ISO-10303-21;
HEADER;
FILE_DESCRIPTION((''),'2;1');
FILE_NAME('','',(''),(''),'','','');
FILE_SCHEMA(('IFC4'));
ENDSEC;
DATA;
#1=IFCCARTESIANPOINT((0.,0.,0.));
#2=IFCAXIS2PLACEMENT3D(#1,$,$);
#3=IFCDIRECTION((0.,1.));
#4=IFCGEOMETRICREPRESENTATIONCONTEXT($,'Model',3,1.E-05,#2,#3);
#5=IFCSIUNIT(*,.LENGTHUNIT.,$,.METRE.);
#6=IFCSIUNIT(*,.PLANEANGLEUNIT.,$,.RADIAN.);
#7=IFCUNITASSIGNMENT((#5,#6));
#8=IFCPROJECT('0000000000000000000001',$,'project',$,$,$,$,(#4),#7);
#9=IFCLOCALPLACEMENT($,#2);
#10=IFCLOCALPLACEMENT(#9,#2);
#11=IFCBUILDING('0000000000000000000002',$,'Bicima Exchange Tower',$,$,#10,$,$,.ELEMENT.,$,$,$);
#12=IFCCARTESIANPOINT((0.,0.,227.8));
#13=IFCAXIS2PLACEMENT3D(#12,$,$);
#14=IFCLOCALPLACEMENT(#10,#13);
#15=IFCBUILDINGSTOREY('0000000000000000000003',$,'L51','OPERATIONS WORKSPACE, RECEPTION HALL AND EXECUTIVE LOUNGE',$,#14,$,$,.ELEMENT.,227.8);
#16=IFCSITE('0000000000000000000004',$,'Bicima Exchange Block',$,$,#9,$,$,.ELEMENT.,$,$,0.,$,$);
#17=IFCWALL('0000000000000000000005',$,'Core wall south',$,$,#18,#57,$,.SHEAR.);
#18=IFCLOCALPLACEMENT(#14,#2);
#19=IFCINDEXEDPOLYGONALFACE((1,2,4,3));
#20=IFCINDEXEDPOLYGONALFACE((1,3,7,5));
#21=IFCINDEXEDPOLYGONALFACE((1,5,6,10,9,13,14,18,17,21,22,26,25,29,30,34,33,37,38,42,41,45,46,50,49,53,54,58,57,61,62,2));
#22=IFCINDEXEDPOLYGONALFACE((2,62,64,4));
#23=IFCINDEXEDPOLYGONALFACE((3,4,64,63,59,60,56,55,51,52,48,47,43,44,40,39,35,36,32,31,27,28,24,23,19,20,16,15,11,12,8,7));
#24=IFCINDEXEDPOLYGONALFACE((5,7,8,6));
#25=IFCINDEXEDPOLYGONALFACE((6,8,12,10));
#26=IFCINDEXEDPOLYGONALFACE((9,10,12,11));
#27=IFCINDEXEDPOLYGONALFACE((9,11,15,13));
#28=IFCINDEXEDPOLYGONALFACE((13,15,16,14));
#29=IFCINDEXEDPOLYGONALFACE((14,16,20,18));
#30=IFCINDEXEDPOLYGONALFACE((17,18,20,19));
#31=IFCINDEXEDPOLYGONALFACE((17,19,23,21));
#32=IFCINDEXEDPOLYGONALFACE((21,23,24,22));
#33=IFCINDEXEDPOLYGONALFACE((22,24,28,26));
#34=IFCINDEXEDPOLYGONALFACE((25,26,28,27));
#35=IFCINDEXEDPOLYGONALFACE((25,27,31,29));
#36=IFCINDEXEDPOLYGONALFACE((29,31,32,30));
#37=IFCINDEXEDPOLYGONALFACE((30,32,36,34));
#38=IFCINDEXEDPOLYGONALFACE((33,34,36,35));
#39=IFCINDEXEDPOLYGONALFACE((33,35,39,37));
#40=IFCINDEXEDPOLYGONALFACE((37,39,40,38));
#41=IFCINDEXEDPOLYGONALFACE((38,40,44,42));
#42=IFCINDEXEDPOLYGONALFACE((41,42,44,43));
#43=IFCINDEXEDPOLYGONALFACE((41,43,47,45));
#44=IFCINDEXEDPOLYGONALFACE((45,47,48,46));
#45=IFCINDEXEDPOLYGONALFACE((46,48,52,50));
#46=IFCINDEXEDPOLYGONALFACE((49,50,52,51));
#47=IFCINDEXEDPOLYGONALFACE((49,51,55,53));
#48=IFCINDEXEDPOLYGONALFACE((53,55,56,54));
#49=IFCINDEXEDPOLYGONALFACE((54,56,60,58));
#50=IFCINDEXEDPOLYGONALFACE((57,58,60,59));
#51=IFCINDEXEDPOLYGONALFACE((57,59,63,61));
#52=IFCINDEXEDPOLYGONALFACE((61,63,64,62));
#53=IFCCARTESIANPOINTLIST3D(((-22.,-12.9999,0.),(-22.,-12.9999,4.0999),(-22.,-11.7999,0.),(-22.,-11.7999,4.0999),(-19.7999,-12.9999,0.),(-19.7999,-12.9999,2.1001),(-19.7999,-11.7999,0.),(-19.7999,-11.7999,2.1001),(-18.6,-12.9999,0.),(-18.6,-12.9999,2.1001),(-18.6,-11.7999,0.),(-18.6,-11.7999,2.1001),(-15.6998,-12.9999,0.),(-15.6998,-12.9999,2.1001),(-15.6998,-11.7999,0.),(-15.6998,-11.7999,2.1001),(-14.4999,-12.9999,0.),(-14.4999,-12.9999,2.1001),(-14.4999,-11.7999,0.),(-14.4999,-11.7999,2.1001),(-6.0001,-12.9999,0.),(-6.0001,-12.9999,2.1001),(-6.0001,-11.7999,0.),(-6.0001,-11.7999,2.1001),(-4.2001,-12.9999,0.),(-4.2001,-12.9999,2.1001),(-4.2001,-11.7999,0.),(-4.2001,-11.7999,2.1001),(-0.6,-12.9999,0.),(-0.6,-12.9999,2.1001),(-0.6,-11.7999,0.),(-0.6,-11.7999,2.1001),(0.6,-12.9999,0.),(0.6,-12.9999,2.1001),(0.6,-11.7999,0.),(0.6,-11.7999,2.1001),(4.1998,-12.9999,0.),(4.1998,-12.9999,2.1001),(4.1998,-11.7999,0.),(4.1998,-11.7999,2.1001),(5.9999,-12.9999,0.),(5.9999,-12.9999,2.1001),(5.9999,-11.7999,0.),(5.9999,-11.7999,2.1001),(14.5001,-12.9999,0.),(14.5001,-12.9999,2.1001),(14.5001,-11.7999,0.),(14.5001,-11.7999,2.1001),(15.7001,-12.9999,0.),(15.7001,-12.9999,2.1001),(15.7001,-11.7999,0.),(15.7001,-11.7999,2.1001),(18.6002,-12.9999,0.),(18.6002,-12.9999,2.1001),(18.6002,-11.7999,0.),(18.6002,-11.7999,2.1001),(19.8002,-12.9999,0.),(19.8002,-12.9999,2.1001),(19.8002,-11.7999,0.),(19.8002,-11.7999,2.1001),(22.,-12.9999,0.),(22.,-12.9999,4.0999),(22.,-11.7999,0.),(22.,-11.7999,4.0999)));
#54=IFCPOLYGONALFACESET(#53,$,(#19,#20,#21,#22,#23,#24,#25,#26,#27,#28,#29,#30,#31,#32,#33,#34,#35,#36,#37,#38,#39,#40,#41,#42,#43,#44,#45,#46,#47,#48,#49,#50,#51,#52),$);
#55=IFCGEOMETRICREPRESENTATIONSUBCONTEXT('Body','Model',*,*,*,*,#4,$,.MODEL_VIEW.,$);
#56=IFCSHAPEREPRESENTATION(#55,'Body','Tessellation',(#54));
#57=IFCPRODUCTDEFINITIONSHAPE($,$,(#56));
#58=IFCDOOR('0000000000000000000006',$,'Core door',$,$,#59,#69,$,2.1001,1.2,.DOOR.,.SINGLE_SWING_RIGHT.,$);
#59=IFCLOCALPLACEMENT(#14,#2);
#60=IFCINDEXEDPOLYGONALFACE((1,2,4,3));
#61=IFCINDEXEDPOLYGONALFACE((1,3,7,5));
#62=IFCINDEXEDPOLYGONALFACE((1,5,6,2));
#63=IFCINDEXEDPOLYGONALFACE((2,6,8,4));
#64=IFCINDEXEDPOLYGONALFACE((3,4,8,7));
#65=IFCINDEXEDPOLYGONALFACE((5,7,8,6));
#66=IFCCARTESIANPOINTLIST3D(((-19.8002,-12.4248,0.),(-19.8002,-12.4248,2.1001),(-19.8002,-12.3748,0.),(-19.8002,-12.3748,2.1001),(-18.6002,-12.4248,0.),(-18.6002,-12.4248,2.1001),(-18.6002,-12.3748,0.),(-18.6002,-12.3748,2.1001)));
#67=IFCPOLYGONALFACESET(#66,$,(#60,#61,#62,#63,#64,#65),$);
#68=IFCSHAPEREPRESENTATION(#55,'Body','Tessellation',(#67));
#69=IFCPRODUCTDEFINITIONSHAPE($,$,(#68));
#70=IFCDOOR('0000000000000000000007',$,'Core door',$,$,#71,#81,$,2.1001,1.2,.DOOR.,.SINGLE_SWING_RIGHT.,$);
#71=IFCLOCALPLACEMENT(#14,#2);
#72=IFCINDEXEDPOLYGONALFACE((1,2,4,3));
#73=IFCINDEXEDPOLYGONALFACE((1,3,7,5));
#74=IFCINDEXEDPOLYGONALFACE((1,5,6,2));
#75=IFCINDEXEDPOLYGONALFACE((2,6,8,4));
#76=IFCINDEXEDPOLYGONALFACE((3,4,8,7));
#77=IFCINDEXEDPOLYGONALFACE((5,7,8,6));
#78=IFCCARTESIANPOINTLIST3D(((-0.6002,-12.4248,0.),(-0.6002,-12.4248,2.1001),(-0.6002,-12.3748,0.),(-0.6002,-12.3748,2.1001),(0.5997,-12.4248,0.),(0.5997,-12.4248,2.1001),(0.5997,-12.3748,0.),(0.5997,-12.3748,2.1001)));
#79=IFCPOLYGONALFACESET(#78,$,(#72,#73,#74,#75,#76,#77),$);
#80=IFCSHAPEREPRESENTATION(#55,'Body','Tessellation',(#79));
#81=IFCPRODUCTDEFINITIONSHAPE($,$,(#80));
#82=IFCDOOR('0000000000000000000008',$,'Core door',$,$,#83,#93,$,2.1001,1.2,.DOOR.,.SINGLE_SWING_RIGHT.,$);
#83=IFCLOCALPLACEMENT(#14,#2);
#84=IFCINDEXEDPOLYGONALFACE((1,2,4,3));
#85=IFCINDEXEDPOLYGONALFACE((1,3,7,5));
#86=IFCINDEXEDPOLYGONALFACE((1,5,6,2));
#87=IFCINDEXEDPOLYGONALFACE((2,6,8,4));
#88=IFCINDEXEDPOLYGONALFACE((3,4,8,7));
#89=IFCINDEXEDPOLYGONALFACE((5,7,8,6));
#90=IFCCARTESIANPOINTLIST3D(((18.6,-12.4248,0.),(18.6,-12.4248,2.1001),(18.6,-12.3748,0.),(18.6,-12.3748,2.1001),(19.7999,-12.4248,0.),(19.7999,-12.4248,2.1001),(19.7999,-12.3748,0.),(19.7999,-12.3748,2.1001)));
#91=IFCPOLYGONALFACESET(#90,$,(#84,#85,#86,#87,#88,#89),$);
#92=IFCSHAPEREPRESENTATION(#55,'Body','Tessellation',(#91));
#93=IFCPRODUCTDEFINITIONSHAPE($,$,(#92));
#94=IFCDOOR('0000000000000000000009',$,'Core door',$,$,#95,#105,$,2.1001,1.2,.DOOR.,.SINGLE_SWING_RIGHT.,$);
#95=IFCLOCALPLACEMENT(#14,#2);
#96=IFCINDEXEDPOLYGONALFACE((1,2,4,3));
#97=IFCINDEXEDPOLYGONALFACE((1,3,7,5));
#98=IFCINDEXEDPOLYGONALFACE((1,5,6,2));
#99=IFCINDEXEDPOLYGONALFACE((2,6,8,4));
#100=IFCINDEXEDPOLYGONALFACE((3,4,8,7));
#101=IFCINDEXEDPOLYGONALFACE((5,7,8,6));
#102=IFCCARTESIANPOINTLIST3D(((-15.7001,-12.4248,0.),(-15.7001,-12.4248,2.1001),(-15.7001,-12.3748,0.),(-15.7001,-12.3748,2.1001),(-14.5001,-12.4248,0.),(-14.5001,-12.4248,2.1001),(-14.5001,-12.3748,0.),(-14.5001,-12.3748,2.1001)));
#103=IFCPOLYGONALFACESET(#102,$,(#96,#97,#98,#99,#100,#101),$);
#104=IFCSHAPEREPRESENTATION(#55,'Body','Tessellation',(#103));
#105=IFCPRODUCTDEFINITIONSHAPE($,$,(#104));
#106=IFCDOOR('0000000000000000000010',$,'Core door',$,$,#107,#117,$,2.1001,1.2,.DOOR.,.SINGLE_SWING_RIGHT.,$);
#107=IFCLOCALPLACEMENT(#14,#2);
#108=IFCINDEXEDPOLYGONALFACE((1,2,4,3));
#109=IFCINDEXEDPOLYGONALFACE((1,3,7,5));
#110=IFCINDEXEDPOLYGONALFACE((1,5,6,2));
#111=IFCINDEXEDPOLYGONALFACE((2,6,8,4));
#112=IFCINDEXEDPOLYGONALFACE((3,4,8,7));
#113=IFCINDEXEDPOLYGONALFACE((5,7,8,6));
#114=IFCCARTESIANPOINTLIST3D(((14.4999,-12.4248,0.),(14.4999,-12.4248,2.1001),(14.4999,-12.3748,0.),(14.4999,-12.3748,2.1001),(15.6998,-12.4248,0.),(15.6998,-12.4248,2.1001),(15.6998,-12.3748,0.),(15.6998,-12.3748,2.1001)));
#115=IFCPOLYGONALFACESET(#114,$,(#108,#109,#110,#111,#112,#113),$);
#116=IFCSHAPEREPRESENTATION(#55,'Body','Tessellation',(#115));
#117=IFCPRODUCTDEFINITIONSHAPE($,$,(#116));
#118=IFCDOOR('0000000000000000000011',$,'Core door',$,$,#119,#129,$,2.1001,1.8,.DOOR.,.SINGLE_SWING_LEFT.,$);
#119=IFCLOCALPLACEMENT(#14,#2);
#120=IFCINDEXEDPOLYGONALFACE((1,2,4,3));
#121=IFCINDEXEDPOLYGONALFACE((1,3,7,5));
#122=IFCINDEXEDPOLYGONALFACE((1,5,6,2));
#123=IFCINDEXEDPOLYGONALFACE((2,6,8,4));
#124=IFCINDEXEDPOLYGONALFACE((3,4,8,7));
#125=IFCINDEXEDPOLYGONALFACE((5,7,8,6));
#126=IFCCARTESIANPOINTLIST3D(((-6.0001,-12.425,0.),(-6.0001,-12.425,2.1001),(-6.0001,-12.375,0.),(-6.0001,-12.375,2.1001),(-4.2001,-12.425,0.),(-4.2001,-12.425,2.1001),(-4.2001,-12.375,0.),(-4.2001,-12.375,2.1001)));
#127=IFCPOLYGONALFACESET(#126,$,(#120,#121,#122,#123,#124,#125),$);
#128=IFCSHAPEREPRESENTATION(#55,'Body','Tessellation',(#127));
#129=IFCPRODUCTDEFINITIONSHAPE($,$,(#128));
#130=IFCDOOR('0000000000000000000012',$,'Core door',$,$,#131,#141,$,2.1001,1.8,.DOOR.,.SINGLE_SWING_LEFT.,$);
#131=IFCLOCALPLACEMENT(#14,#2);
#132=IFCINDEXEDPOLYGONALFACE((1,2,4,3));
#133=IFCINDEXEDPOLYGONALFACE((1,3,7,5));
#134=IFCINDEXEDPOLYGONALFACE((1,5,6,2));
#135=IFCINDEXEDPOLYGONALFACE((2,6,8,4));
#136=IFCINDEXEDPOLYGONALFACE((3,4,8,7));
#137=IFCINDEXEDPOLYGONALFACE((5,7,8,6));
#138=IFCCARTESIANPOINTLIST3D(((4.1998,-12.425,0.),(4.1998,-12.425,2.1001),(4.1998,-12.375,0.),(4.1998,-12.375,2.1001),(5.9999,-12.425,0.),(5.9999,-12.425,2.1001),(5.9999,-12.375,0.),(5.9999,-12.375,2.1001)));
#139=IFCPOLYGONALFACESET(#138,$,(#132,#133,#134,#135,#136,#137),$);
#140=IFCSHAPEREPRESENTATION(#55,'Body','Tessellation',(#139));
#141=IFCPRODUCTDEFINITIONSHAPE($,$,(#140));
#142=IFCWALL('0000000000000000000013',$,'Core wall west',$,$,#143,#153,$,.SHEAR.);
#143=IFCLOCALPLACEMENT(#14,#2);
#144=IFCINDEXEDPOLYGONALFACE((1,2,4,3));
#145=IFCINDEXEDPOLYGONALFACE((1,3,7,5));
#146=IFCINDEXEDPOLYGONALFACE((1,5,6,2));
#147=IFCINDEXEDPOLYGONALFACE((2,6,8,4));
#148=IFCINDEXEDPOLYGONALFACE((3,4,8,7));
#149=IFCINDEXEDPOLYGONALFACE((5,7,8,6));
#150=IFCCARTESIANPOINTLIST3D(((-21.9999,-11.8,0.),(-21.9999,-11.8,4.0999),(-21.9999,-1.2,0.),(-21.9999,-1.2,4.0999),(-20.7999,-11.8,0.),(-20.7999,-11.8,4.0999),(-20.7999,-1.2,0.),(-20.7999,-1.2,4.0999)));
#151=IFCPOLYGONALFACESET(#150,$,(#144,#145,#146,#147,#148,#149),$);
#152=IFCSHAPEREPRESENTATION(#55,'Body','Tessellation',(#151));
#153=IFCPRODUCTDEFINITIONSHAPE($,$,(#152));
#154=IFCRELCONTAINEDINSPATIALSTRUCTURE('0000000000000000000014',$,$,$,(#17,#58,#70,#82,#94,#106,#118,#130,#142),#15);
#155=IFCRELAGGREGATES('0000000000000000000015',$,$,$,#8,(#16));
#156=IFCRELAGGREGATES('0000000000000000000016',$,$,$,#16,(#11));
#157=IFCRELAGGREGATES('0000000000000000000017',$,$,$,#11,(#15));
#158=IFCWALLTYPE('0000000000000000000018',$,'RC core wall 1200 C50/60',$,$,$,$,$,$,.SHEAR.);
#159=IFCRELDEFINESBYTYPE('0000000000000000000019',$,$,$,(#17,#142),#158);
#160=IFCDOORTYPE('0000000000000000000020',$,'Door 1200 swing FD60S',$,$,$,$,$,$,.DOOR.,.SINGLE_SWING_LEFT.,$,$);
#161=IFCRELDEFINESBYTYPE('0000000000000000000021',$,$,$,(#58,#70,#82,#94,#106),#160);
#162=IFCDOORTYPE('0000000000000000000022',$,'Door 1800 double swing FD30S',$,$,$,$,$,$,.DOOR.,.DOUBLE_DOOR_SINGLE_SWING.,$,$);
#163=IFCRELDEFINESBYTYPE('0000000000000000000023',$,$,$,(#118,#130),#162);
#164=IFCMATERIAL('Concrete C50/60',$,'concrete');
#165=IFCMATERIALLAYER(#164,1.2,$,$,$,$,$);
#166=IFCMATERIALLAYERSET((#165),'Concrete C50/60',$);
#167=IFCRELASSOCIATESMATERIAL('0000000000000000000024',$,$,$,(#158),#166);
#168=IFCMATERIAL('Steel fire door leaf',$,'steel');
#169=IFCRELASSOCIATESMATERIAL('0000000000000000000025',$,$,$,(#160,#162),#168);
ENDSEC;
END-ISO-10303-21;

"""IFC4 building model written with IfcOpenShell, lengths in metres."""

from ifc_helpers import new_model, si_unit, direction, frame, frame_2d, origin, place, context, subcontext, project, spatial, rectangle, extrude, material, layer, layer_set, type_object, element, fill, save


model = new_model("IFC4")

# Units and contexts
model_context = context("Model", 3, precision=1e-05, world=origin(), true_north=direction((0.0, 1.0)))
body_context = subcontext(model_context, "Body", "Model", "MODEL_VIEW")
ifc_project = project(units=[si_unit("LENGTHUNIT", "METRE"), si_unit("PLANEANGLEUNIT", "RADIAN")], contexts=[model_context])

# Site, building, storey
site_placement = place(None, origin())
site = spatial("IfcSite", under=ifc_project, at=site_placement, Name="Bicima Exchange Block", CompositionType="ELEMENT", RefElevation=0.0)
building_placement = place(site_placement, origin())
building = spatial("IfcBuilding", under=site, at=building_placement, Name="Bicima Exchange Tower", CompositionType="ELEMENT")
storey_placement = place(building_placement, frame((0.0, 0.0, 227.8)))
storey = spatial("IfcBuildingStorey", under=building, at=storey_placement, Name="L51", Description="OPERATIONS WORKSPACE, RECEPTION HALL AND EXECUTIVE LOUNGE", CompositionType="ELEMENT", Elevation=227.8)

# Wall, openings, doors
ifc_material_1 = material(Name="Concrete C50/60", Category="concrete")
ifc_layer_1 = layer(ifc_material_1, 1.2)
ifc_layer_set_1 = layer_set([ifc_layer_1], Name="Concrete C50/60")
wall_type_1 = type_object("IfcWallType", Name="RC core wall 1200 C50/60", PredefinedType="SHEAR", material=ifc_layer_set_1)
wall_1_placement = place(storey_placement, frame((-22.0, -12.3999, 0.0), z_axis=(0.0, 0.0, 1.0), x_axis=(1.0, 0.0, 0.0)))
wall_1 = element("IfcWall", 1, at=wall_1_placement, inside=storey, type_object=wall_type_1, Name="Core wall south", PredefinedType="SHEAR", context=body_context, shape_type="SweptSolid", body=[
    extrude(rectangle(XDim=44.0, YDim=1.2, at=frame_2d((22.0, 0.0))), origin(), (0.0, 0.0, 1.0), 4.0999),
])
opening_1_placement = place(wall_1_placement, frame((2.2, 0.0, 0.0)))
opening_1 = element("IfcOpeningElement", 2, at=opening_1_placement, cuts=wall_1, PredefinedType="OPENING", context=body_context, shape_type="SweptSolid", body=[
    extrude(rectangle(XDim=1.2, YDim=2.1001, at=frame_2d((0.6001, 1.05))), frame((0.0, 0.6118, 0.0), z_axis=(0.0, -1.0, 0.0), x_axis=(1.0, 0.0, 0.0)), (0.0, 0.0, 1.0), 1.2239),
])
opening_2_placement = place(wall_1_placement, frame((21.3999, 0.0, 0.0)))
opening_2 = element("IfcOpeningElement", 3, at=opening_2_placement, cuts=wall_1, PredefinedType="OPENING", context=body_context, shape_type="SweptSolid", body=[
    extrude(rectangle(XDim=1.2, YDim=2.1001, at=frame_2d((0.6001, 1.05))), frame((0.0, 0.6118, 0.0), z_axis=(0.0, -1.0, 0.0), x_axis=(1.0, 0.0, 0.0)), (0.0, 0.0, 1.0), 1.2239),
])
opening_3_placement = place(wall_1_placement, frame((40.6001, 0.0, 0.0)))
opening_3 = element("IfcOpeningElement", 4, at=opening_3_placement, cuts=wall_1, PredefinedType="OPENING", context=body_context, shape_type="SweptSolid", body=[
    extrude(rectangle(XDim=1.2, YDim=2.1001, at=frame_2d((0.6001, 1.05))), frame((0.0, 0.6118, 0.0), z_axis=(0.0, -1.0, 0.0), x_axis=(1.0, 0.0, 0.0)), (0.0, 0.0, 1.0), 1.2239),
])
opening_4_placement = place(wall_1_placement, frame((16.0, 0.0, 0.0)))
opening_4 = element("IfcOpeningElement", 5, at=opening_4_placement, cuts=wall_1, PredefinedType="OPENING", context=body_context, shape_type="SweptSolid", body=[
    extrude(rectangle(XDim=1.8, YDim=2.1001, at=frame_2d((0.8999, 1.05))), frame((0.0, 0.6118, 0.0), z_axis=(0.0, -1.0, 0.0), x_axis=(1.0, 0.0, 0.0)), (0.0, 0.0, 1.0), 1.2239),
])
opening_5_placement = place(wall_1_placement, frame((6.3, 0.0, 0.0)))
opening_5 = element("IfcOpeningElement", 6, at=opening_5_placement, cuts=wall_1, PredefinedType="OPENING", context=body_context, shape_type="SweptSolid", body=[
    extrude(rectangle(XDim=1.2, YDim=2.1001, at=frame_2d((0.6001, 1.05))), frame((0.0, 0.6118, 0.0), z_axis=(0.0, -1.0, 0.0), x_axis=(1.0, 0.0, 0.0)), (0.0, 0.0, 1.0), 1.2239),
])
opening_6_placement = place(wall_1_placement, frame((26.2, 0.0, 0.0)))
opening_6 = element("IfcOpeningElement", 7, at=opening_6_placement, cuts=wall_1, PredefinedType="OPENING", context=body_context, shape_type="SweptSolid", body=[
    extrude(rectangle(XDim=1.8, YDim=2.1001, at=frame_2d((0.8999, 1.05))), frame((0.0, 0.6118, 0.0), z_axis=(0.0, -1.0, 0.0), x_axis=(1.0, 0.0, 0.0)), (0.0, 0.0, 1.0), 1.2239),
])
opening_7_placement = place(wall_1_placement, frame((36.5, 0.0, 0.0)))
opening_7 = element("IfcOpeningElement", 8, at=opening_7_placement, cuts=wall_1, PredefinedType="OPENING", context=body_context, shape_type="SweptSolid", body=[
    extrude(rectangle(XDim=1.2, YDim=2.1001, at=frame_2d((0.6001, 1.05))), frame((0.0, 0.6118, 0.0), z_axis=(0.0, -1.0, 0.0), x_axis=(1.0, 0.0, 0.0)), (0.0, 0.0, 1.0), 1.2239),
])
ifc_material_2 = material(Name="Steel fire door leaf", Category="steel")
door_type_1 = type_object("IfcDoorType", Name="Door 1200 swing FD60S", OperationType="SINGLE_SWING_LEFT", PredefinedType="DOOR", material=ifc_material_2)
door_1_placement = place(opening_1_placement, frame((1.2, 0.0, 0.0), z_axis=(0.0, 0.0, 1.0), x_axis=(-1.0, 0.0, 0.0)))
door_1 = element("IfcDoor", 9, at=door_1_placement, inside=storey, type_object=door_type_1, Name="Core door", OperationType="SINGLE_SWING_RIGHT", OverallHeight=2.1001, OverallWidth=1.2, PredefinedType="DOOR", context=body_context, shape_type="SweptSolid", body=[
    extrude(rectangle(XDim=1.2, YDim=2.1001, at=frame_2d((0.6001, 1.05))), frame((0.0, 0.0249, 0.0), z_axis=(0.0, -1.0, 0.0), x_axis=(1.0, 0.0, 0.0)), (0.0, 0.0, 1.0), 0.05),
])
fill(opening_1, door_1)
door_2_placement = place(opening_2_placement, frame((1.2, 0.0, 0.0), z_axis=(0.0, 0.0, 1.0), x_axis=(-1.0, 0.0, 0.0)))
door_2 = element("IfcDoor", 10, at=door_2_placement, inside=storey, type_object=door_type_1, Name="Core door", OperationType="SINGLE_SWING_RIGHT", OverallHeight=2.1001, OverallWidth=1.2, PredefinedType="DOOR", context=body_context, shape_type="SweptSolid", body=[
    extrude(rectangle(XDim=1.2, YDim=2.1001, at=frame_2d((0.6001, 1.05))), frame((0.0, 0.0249, 0.0), z_axis=(0.0, -1.0, 0.0), x_axis=(1.0, 0.0, 0.0)), (0.0, 0.0, 1.0), 0.05),
])
fill(opening_2, door_2)
door_3_placement = place(opening_3_placement, frame((1.2, 0.0, 0.0), z_axis=(0.0, 0.0, 1.0), x_axis=(-1.0, 0.0, 0.0)))
door_3 = element("IfcDoor", 11, at=door_3_placement, inside=storey, type_object=door_type_1, Name="Core door", OperationType="SINGLE_SWING_RIGHT", OverallHeight=2.1001, OverallWidth=1.2, PredefinedType="DOOR", context=body_context, shape_type="SweptSolid", body=[
    extrude(rectangle(XDim=1.2, YDim=2.1001, at=frame_2d((0.6001, 1.05))), frame((0.0, 0.0249, 0.0), z_axis=(0.0, -1.0, 0.0), x_axis=(1.0, 0.0, 0.0)), (0.0, 0.0, 1.0), 0.05),
])
fill(opening_3, door_3)
door_4_placement = place(opening_5_placement, frame((1.2, 0.0, 0.0), z_axis=(0.0, 0.0, 1.0), x_axis=(-1.0, 0.0, 0.0)))
door_4 = element("IfcDoor", 12, at=door_4_placement, inside=storey, type_object=door_type_1, Name="Core door", OperationType="SINGLE_SWING_RIGHT", OverallHeight=2.1001, OverallWidth=1.2, PredefinedType="DOOR", context=body_context, shape_type="SweptSolid", body=[
    extrude(rectangle(XDim=1.2, YDim=2.1001, at=frame_2d((0.6001, 1.05))), frame((0.0, 0.0249, 0.0), z_axis=(0.0, -1.0, 0.0), x_axis=(1.0, 0.0, 0.0)), (0.0, 0.0, 1.0), 0.05),
])
fill(opening_5, door_4)
door_5_placement = place(opening_7_placement, frame((1.2, 0.0, 0.0), z_axis=(0.0, 0.0, 1.0), x_axis=(-1.0, 0.0, 0.0)))
door_5 = element("IfcDoor", 13, at=door_5_placement, inside=storey, type_object=door_type_1, Name="Core door", OperationType="SINGLE_SWING_RIGHT", OverallHeight=2.1001, OverallWidth=1.2, PredefinedType="DOOR", context=body_context, shape_type="SweptSolid", body=[
    extrude(rectangle(XDim=1.2, YDim=2.1001, at=frame_2d((0.6001, 1.05))), frame((0.0, 0.0249, 0.0), z_axis=(0.0, -1.0, 0.0), x_axis=(1.0, 0.0, 0.0)), (0.0, 0.0, 1.0), 0.05),
])
fill(opening_7, door_5)
door_type_2 = type_object("IfcDoorType", Name="Door 1800 double swing FD30S", OperationType="DOUBLE_DOOR_SINGLE_SWING", PredefinedType="DOOR", material=ifc_material_2)
door_6_placement = place(opening_4_placement, origin())
door_6 = element("IfcDoor", 14, at=door_6_placement, inside=storey, type_object=door_type_2, Name="Core door", OperationType="SINGLE_SWING_LEFT", OverallHeight=2.1001, OverallWidth=1.8, PredefinedType="DOOR", context=body_context, shape_type="SweptSolid", body=[
    extrude(rectangle(XDim=1.8, YDim=2.1001, at=frame_2d((0.8999, 1.05))), frame((0.0, 0.0249, 0.0), z_axis=(0.0, -1.0, 0.0), x_axis=(1.0, 0.0, 0.0)), (0.0, 0.0, 1.0), 0.05),
])
fill(opening_4, door_6)
door_7_placement = place(opening_6_placement, origin())
door_7 = element("IfcDoor", 15, at=door_7_placement, inside=storey, type_object=door_type_2, Name="Core door", OperationType="SINGLE_SWING_LEFT", OverallHeight=2.1001, OverallWidth=1.8, PredefinedType="DOOR", context=body_context, shape_type="SweptSolid", body=[
    extrude(rectangle(XDim=1.8, YDim=2.1001, at=frame_2d((0.8999, 1.05))), frame((0.0, 0.0249, 0.0), z_axis=(0.0, -1.0, 0.0), x_axis=(1.0, 0.0, 0.0)), (0.0, 0.0, 1.0), 0.05),
])
fill(opening_6, door_7)

# Wall
wall_2_placement = place(storey_placement, frame((-21.3999, -11.8, 0.0), z_axis=(0.0, 0.0, 1.0), x_axis=(0.0, 1.0, 0.0)))
element("IfcWall", 16, at=wall_2_placement, inside=storey, type_object=wall_type_1, Name="Core wall west", PredefinedType="SHEAR", context=body_context, shape_type="SweptSolid", body=[
    extrude(rectangle(XDim=10.6001, YDim=1.2, at=frame_2d((5.3, 0.0))), origin(), (0.0, 0.0, 1.0), 4.0999),
])

save(model, "model.ifc")
